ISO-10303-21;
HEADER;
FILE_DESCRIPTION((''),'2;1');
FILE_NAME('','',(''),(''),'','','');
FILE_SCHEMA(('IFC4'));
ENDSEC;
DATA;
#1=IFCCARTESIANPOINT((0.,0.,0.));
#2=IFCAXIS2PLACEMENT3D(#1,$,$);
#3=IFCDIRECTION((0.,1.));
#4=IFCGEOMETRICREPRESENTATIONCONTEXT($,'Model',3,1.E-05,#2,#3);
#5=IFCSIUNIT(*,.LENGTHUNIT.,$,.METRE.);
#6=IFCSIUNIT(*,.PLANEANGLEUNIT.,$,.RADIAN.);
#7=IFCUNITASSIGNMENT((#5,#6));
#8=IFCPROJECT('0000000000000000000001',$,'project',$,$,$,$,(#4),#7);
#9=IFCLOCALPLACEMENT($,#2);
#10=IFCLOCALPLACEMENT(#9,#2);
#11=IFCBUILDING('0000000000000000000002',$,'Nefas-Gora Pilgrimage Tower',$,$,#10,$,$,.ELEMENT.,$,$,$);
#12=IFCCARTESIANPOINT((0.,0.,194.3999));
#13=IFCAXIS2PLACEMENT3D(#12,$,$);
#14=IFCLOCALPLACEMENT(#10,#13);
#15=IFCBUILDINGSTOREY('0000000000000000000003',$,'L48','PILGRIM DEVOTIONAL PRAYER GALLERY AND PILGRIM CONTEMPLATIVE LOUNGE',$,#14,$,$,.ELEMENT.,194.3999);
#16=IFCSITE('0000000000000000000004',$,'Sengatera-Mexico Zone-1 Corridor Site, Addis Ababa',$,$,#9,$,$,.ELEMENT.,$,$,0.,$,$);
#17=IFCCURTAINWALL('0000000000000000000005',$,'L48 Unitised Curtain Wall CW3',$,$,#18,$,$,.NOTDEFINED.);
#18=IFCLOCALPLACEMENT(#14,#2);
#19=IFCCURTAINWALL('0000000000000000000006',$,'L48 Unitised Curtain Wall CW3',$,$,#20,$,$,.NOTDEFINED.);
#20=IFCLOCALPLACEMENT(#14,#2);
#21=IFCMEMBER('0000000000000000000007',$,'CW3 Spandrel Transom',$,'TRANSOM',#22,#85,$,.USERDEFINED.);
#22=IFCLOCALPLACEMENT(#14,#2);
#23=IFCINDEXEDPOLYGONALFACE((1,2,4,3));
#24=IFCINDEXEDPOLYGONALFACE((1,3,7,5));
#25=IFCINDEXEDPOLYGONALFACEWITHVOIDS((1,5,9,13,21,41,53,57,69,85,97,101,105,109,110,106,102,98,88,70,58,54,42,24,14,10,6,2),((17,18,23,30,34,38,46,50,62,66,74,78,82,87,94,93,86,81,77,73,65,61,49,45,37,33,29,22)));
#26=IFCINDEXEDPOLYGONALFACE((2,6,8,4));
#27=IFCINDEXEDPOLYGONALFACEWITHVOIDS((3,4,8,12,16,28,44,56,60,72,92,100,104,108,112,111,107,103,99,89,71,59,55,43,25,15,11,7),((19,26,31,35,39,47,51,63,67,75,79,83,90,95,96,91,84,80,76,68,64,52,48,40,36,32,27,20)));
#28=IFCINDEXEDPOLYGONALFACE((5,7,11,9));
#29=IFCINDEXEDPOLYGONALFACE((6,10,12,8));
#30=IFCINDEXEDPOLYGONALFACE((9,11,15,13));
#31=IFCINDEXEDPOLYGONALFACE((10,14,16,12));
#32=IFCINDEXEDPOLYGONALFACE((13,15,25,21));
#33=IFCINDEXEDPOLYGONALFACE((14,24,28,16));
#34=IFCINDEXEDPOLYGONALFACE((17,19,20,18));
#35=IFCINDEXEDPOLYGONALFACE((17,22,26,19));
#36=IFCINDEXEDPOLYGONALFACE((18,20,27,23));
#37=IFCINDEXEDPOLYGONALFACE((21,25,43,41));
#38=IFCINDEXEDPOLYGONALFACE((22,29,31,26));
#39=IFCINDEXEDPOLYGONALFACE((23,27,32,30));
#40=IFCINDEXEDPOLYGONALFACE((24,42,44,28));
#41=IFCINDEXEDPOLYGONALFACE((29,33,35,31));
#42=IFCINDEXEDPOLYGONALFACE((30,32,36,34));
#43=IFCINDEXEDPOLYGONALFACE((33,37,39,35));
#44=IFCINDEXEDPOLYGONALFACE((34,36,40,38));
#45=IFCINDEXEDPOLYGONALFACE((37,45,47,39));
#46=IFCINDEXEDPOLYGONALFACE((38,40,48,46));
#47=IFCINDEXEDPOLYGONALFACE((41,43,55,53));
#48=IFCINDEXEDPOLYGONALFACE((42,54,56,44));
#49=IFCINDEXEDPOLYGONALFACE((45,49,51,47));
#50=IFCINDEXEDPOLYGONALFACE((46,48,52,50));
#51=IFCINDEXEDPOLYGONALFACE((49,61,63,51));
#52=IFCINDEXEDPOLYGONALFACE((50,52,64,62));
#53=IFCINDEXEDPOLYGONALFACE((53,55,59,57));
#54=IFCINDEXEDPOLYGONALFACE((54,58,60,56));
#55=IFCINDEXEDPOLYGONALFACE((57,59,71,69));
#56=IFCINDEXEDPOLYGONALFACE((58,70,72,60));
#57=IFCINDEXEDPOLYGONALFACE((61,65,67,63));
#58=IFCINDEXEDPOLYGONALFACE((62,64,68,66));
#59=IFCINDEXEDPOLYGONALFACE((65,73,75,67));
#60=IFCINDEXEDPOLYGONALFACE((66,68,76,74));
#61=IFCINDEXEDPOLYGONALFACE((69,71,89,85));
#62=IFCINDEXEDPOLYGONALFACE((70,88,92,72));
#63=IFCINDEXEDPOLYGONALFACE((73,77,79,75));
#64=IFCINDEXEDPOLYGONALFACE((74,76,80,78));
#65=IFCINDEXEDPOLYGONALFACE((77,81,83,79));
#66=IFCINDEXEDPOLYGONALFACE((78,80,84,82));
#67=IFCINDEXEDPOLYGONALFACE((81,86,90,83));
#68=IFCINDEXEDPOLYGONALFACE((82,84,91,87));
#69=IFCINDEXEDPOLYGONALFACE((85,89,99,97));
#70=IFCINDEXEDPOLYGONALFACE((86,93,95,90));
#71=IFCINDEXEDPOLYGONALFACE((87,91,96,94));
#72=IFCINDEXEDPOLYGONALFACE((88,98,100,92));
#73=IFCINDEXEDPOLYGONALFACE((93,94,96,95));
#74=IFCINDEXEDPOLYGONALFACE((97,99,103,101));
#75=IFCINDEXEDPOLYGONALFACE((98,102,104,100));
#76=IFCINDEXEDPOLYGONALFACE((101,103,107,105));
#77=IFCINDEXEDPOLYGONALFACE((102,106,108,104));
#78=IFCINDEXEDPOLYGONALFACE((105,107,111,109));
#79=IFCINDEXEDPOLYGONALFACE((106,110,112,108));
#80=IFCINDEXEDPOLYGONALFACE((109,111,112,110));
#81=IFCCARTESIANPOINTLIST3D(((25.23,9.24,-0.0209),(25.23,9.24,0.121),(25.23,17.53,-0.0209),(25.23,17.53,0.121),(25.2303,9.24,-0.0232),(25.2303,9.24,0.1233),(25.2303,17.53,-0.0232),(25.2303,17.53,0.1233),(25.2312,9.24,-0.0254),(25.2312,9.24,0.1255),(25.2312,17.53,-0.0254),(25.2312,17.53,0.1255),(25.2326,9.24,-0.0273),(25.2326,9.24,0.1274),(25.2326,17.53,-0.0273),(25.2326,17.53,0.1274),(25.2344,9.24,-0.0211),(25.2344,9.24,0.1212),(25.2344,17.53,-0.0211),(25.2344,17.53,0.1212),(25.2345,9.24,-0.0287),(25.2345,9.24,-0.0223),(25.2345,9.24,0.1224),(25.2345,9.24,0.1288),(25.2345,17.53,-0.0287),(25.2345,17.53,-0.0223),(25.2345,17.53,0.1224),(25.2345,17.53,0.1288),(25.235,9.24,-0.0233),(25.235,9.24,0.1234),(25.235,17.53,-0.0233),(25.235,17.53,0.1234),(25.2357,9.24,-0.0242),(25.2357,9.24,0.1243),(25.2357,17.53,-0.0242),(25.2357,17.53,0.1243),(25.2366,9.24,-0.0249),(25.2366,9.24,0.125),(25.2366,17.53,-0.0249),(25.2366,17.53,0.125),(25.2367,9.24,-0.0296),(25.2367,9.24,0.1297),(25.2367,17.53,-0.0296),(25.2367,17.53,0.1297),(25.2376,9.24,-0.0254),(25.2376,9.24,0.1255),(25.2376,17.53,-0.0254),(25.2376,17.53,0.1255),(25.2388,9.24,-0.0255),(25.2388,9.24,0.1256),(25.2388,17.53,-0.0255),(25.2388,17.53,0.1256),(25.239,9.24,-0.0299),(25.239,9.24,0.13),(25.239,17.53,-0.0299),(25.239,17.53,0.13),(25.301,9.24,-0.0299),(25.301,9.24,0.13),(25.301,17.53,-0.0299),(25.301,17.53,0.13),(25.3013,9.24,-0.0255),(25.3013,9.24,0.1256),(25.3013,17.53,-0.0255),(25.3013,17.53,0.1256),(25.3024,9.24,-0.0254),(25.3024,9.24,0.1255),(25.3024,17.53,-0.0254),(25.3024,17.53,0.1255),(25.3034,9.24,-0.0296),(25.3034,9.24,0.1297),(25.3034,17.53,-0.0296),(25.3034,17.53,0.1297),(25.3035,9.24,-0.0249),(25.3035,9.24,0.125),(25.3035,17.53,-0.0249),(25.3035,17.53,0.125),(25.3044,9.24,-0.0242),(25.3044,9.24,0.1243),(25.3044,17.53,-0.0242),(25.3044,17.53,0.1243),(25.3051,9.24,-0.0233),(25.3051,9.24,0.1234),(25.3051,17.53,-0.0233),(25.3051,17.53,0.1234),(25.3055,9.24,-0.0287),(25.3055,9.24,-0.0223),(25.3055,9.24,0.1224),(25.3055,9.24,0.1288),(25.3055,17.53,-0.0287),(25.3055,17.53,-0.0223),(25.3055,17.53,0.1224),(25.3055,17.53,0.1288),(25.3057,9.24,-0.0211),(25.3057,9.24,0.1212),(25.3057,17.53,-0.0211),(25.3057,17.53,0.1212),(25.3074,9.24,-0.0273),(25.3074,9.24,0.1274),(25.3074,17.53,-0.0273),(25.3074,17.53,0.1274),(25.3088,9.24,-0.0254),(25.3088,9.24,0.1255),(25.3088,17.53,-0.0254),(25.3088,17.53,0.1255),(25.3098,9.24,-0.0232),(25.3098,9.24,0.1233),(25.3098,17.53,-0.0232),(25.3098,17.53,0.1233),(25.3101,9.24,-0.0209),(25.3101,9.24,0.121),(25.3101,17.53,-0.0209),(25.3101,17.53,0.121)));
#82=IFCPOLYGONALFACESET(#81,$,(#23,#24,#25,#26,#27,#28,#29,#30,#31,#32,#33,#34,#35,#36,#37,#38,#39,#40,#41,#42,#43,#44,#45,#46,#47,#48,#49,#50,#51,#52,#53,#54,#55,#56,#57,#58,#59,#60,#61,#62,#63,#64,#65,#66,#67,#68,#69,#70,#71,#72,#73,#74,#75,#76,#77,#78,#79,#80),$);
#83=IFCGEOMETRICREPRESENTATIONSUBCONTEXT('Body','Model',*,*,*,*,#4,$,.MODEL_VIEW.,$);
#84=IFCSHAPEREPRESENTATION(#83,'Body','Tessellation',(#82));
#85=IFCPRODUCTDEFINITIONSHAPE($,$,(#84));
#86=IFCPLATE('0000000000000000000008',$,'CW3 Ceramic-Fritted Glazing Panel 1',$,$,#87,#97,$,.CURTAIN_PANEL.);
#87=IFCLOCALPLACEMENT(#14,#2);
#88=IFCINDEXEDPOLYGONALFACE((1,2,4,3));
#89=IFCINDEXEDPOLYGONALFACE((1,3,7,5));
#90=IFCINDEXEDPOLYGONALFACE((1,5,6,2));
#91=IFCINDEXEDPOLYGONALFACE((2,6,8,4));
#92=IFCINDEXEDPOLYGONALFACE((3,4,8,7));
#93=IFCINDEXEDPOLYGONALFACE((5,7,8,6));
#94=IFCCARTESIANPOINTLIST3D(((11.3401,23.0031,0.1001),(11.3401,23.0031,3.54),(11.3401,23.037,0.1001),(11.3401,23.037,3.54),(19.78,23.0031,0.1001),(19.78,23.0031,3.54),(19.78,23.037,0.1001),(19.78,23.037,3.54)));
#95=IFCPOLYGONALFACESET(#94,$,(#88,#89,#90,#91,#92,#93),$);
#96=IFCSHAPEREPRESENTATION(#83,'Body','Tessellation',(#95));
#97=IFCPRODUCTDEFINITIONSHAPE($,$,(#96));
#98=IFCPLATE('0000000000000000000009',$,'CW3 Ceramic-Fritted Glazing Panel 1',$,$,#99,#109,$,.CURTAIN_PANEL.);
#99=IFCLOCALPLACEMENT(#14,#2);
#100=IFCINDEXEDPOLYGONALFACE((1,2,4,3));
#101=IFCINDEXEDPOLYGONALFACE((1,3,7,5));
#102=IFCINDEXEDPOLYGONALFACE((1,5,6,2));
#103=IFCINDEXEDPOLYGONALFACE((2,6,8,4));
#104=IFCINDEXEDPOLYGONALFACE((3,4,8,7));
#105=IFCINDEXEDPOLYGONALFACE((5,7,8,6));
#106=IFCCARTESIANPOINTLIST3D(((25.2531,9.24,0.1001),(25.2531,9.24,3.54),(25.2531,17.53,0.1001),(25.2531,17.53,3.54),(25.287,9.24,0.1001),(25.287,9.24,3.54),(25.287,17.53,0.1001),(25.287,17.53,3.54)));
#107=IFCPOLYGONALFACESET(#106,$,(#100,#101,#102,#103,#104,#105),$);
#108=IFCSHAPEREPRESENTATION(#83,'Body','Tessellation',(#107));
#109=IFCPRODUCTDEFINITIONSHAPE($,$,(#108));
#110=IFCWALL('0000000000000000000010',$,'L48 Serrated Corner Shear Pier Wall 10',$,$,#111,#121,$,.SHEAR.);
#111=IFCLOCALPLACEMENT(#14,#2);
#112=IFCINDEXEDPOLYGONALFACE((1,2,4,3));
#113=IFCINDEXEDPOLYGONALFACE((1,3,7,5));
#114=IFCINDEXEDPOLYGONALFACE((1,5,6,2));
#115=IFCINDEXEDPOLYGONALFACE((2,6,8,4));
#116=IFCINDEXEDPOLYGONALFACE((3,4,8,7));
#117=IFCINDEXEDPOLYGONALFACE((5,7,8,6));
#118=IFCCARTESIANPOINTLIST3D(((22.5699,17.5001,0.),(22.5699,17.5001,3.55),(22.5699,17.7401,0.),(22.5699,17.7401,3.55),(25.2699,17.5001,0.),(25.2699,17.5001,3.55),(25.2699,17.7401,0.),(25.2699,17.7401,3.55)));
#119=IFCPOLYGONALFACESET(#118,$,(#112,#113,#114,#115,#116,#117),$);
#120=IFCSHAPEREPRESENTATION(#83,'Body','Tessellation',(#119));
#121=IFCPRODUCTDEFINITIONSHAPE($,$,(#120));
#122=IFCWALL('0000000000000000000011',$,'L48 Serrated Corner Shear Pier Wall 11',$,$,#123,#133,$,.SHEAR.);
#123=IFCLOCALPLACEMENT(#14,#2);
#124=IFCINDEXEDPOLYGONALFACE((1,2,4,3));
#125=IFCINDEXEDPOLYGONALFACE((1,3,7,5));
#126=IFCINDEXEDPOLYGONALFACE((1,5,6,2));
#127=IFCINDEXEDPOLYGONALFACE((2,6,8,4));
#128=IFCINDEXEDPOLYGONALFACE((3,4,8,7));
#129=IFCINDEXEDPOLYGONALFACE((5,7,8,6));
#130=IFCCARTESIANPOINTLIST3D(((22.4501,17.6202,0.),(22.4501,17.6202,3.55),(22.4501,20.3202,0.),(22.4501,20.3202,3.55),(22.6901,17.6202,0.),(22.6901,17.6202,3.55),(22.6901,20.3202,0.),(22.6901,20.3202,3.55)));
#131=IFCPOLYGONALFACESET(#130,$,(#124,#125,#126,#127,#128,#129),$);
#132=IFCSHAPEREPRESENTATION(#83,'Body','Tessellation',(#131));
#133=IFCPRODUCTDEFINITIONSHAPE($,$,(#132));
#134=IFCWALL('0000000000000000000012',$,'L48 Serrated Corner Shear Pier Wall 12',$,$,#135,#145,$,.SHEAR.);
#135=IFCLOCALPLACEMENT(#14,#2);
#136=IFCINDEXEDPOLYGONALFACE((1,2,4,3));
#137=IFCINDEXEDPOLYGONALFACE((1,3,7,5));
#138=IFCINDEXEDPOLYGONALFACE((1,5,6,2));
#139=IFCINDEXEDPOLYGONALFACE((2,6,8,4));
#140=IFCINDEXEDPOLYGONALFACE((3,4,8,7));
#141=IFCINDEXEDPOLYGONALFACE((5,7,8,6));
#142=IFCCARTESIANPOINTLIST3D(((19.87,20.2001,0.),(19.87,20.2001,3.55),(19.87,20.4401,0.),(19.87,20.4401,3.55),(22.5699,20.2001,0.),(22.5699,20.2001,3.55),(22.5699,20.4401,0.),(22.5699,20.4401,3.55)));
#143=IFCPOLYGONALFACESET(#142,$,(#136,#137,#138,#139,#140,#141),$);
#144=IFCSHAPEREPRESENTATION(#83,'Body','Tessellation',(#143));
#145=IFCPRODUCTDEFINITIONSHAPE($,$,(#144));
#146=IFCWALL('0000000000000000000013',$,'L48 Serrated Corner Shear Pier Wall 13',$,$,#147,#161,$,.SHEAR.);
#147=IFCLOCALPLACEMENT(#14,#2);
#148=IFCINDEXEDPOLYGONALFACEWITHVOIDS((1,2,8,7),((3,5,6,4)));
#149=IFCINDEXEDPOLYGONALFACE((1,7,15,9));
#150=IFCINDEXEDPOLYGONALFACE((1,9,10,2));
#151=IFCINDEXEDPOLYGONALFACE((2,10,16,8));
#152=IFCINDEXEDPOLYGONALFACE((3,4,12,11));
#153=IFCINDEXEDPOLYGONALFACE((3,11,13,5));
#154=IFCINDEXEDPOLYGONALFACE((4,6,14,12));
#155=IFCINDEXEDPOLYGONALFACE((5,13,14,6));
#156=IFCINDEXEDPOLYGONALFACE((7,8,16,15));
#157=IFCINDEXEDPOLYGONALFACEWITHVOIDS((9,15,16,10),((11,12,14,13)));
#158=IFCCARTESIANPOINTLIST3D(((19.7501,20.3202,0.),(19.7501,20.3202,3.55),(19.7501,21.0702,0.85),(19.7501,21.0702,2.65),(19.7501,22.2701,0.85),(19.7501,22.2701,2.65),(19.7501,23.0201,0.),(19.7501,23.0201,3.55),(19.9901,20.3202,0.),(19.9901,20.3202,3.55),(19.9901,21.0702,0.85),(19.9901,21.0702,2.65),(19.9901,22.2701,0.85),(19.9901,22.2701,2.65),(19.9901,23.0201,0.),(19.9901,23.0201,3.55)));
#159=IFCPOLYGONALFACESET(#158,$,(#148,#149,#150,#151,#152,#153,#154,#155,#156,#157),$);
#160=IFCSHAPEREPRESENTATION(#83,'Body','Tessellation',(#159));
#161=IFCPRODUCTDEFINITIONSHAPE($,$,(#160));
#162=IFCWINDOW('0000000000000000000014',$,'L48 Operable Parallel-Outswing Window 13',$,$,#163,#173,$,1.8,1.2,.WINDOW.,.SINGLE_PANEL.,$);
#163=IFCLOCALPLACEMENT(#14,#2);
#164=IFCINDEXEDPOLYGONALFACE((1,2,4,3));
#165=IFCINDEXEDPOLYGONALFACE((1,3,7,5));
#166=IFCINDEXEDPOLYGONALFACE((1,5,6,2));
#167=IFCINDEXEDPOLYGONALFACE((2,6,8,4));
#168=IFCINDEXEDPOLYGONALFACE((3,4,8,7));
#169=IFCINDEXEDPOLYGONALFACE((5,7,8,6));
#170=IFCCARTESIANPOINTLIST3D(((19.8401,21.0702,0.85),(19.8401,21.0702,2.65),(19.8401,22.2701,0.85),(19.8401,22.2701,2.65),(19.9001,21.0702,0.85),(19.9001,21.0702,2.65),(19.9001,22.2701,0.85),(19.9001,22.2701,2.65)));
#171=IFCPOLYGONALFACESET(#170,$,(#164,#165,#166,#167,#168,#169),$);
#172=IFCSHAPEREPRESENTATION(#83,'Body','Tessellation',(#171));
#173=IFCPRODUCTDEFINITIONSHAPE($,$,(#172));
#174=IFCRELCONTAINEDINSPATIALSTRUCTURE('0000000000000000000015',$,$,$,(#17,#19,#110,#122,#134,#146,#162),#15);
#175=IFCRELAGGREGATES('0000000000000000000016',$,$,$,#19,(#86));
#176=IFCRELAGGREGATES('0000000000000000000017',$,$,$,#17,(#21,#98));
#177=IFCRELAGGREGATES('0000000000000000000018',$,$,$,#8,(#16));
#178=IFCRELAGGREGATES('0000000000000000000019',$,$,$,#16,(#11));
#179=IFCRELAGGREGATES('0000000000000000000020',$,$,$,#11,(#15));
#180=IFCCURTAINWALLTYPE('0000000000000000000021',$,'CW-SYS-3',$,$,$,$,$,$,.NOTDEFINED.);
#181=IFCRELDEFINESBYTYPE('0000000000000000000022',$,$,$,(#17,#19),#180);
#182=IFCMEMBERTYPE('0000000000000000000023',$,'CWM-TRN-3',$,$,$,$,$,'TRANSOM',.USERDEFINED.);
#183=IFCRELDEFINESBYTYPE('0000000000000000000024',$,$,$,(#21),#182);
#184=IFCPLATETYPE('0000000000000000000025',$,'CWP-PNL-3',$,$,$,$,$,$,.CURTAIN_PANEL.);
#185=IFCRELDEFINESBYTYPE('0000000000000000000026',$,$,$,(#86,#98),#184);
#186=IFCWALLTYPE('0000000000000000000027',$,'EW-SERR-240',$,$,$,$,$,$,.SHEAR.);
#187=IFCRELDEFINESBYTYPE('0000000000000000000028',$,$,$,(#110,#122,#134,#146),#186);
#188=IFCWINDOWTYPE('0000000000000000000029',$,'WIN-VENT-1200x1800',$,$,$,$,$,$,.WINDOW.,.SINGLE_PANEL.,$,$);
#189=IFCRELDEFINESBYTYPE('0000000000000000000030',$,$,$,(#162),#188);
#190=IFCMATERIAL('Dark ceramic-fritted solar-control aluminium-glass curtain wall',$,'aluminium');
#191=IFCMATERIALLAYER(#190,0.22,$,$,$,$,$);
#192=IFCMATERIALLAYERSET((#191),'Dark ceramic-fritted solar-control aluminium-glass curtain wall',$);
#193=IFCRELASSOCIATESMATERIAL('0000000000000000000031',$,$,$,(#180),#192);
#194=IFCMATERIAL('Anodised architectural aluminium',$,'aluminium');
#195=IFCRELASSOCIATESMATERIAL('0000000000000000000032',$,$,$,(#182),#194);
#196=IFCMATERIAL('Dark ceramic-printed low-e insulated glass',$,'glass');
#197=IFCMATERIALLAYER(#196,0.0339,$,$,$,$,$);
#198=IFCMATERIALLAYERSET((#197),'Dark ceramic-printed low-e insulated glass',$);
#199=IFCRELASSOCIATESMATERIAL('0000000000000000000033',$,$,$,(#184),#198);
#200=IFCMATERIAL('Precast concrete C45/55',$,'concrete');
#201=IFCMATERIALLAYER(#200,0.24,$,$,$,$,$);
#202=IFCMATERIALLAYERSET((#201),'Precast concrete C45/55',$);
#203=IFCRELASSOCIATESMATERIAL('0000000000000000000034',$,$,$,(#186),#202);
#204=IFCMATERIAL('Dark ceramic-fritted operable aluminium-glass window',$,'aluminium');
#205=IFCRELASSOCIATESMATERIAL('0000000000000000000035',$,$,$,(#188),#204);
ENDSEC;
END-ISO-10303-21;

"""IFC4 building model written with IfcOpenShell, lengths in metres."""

from ifc_helpers import new_model, si_unit, direction, frame, frame_2d, origin, origin_2d, place, context, subcontext, project, spatial, rectangle, hollow_rectangle, extrude, source, transform, mapped, material, layer, layer_set, material_profile, profile_set, type_object, element, fill, aggregate, save


model = new_model("IFC4")

# Units and contexts
model_context = context("Model", 3, precision=1e-05, world=origin(), true_north=direction((0.0, 1.0)))
body_context = subcontext(model_context, "Body", "Model", "MODEL_VIEW")
ifc_project = project(units=[si_unit("LENGTHUNIT", "METRE"), si_unit("PLANEANGLEUNIT", "RADIAN")], contexts=[model_context])

# Site, building, storey
site_placement = place(None, origin())
site = spatial("IfcSite", under=ifc_project, at=site_placement, Name="Sengatera-Mexico Zone-1 Corridor Site, Addis Ababa", CompositionType="ELEMENT", RefElevation=0.0)
building_placement = place(site_placement, origin())
building = spatial("IfcBuilding", under=site, at=building_placement, Name="Nefas-Gora Pilgrimage Tower", CompositionType="ELEMENT")
storey_placement = place(building_placement, frame((0.0, 0.0, 194.3999)))
storey = spatial("IfcBuildingStorey", under=building, at=storey_placement, Name="L48", Description="PILGRIM DEVOTIONAL PRAYER GALLERY AND PILGRIM CONTEMPLATIVE LOUNGE", CompositionType="ELEMENT", Elevation=194.3999)

# Curtain walls
ifc_material_1 = material(Name="Dark ceramic-fritted solar-control aluminium-glass curtain wall", Category="aluminium")
ifc_layer_1 = layer(ifc_material_1, 0.22)
ifc_layer_set_1 = layer_set([ifc_layer_1], Name="Dark ceramic-fritted solar-control aluminium-glass curtain wall")
curtain_wall_type = type_object("IfcCurtainWallType", Name="CW-SYS-3", PredefinedType="NOTDEFINED", material=ifc_layer_set_1)
curtain_wall_1_placement = place(storey_placement, origin())
curtain_wall_1 = element("IfcCurtainWall", 1, at=curtain_wall_1_placement, inside=storey, type_object=curtain_wall_type, Name="L48 Unitised Curtain Wall CW3", PredefinedType="NOTDEFINED")
ifc_material_2 = material(Name="Anodised architectural aluminium", Category="aluminium")
curtain_wall_2_placement = place(storey_placement, origin())
curtain_wall_2 = element("IfcCurtainWall", 2, at=curtain_wall_2_placement, inside=storey, type_object=curtain_wall_type, Name="L48 Unitised Curtain Wall CW3", PredefinedType="NOTDEFINED")
ifc_material_profile_1 = material_profile(ifc_material_2, hollow_rectangle(XDim=0.0801, YDim=0.1599, WallThickness=0.0044, InnerFilletRadius=0.0044, OuterFilletRadius=0.009, at=origin_2d()), Name="ALU TRANSOM 80x160")
ifc_profile_set_1 = profile_set([ifc_material_profile_1], Name="Anodised architectural aluminium")
member_type_1 = type_object("IfcMemberType", Name="CWM-TRN-3", ElementType="TRANSOM", PredefinedType="USERDEFINED", material=ifc_profile_set_1)

# Member
shared_shape_1 = source(origin(), body_context, "Body", "SweptSolid", [
    extrude(hollow_rectangle(XDim=0.0801, YDim=0.1599, WallThickness=0.0044, InnerFilletRadius=0.0044, OuterFilletRadius=0.009, at=origin_2d()), origin(), (0.0, 0.0, 1.0), 8.29),
])
member_1_placement = place(storey_placement, frame((25.27, 9.24, 0.05), z_axis=(0.0, 1.0, 0.0), x_axis=(-1.0, 0.0, 0.0)))
member_1 = element("IfcMember", 3, at=member_1_placement, type_object=member_type_1, Name="CW3 Spandrel Transom", ObjectType="TRANSOM", PredefinedType="USERDEFINED", context=body_context, shape_type="MappedRepresentation", body=[
    mapped(shared_shape_1, transform((0.0, 0.0, 0.0), x_axis=(1.0, 0.0, 0.0), y_axis=(0.0, 1.0, 0.0), z_axis=(0.0, 0.0, 1.0), scale=1.0)),
])

# Plates
ifc_material_3 = material(Name="Dark ceramic-printed low-e insulated glass", Category="glass")
ifc_layer_2 = layer(ifc_material_3, 0.0339)
ifc_layer_set_2 = layer_set([ifc_layer_2], Name="Dark ceramic-printed low-e insulated glass")
plate_type = type_object("IfcPlateType", Name="CWP-PNL-3", PredefinedType="CURTAIN_PANEL", material=ifc_layer_set_2)
shared_shape_2 = source(origin(), body_context, "Body", "SweptSolid", [
    extrude(rectangle(XDim=8.4399, YDim=0.0339, at=origin_2d()), origin(), (0.0, 0.0, 1.0), 3.4399),
])
plate_1_placement = place(storey_placement, frame((15.5601, 23.02, 0.1001), z_axis=(0.0, 0.0, 1.0), x_axis=(-1.0, 0.0, 0.0)))
plate_1 = element("IfcPlate", 4, at=plate_1_placement, type_object=plate_type, Name="CW3 Ceramic-Fritted Glazing Panel 1", PredefinedType="CURTAIN_PANEL", context=body_context, shape_type="MappedRepresentation", body=[
    mapped(shared_shape_2, transform((0.0, 0.0, 0.0), x_axis=(1.0, 0.0, 0.0), y_axis=(0.0, 1.0, 0.0), z_axis=(0.0, 0.0, 1.0), scale=1.0)),
])
aggregate(curtain_wall_2, [plate_1])
shared_shape_3 = source(origin(), body_context, "Body", "SweptSolid", [
    extrude(rectangle(XDim=8.29, YDim=0.0339, at=origin_2d()), origin(), (0.0, 0.0, 1.0), 3.4399),
])
plate_2_placement = place(storey_placement, frame((25.27, 13.385, 0.1001), z_axis=(0.0, 0.0, 1.0), x_axis=(0.0, 1.0, 0.0)))
plate_2 = element("IfcPlate", 5, at=plate_2_placement, type_object=plate_type, Name="CW3 Ceramic-Fritted Glazing Panel 1", PredefinedType="CURTAIN_PANEL", context=body_context, shape_type="MappedRepresentation", body=[
    mapped(shared_shape_3, transform((0.0, 0.0, 0.0), x_axis=(1.0, 0.0, 0.0), y_axis=(0.0, 1.0, 0.0), z_axis=(0.0, 0.0, 1.0), scale=1.0)),
])
aggregate(curtain_wall_1, [member_1, plate_2])

# Walls
ifc_material_4 = material(Name="Precast concrete C45/55", Category="concrete")
ifc_layer_3 = layer(ifc_material_4, 0.24)
ifc_layer_set_3 = layer_set([ifc_layer_3], Name="Precast concrete C45/55")
wall_type_1 = type_object("IfcWallType", Name="EW-SERR-240", PredefinedType="SHEAR", material=ifc_layer_set_3)
shared_shape_4 = source(origin(), body_context, "Body", "SweptSolid", [
    extrude(rectangle(XDim=2.7, YDim=0.24, at=frame_2d((1.3501, 0.0))), origin(), (0.0, 0.0, 1.0), 3.55),
])
for number, where, z_axis, x_axis, name in (
    (6, (25.27, 17.6201, 0.0), (0.0, 0.0, 1.0), (-1.0, 0.0, 0.0), "L48 Serrated Corner Shear Pier Wall 10"),
    (7, (22.5701, 17.6201, 0.0), (0.0, 0.0, 1.0), (0.0, 1.0, 0.0), "L48 Serrated Corner Shear Pier Wall 11"),
    (8, (22.5701, 20.3201, 0.0), (0.0, 0.0, 1.0), (-1.0, 0.0, 0.0), "L48 Serrated Corner Shear Pier Wall 12"),
):
    element("IfcWall", number, at=place(storey_placement, frame(where, z_axis=z_axis, x_axis=x_axis)), inside=storey, type_object=wall_type_1, Name=name, PredefinedType="SHEAR", context=body_context, shape_type="MappedRepresentation", body=[
        mapped(shared_shape_4, transform((0.0, 0.0, 0.0), x_axis=(1.0, 0.0, 0.0), y_axis=(0.0, 1.0, 0.0), z_axis=(0.0, 0.0, 1.0), scale=1.0)),
    ])

# Wall, opening, window
wall_1_placement = place(storey_placement, frame((19.8701, 20.3201, 0.0), z_axis=(0.0, 0.0, 1.0), x_axis=(0.0, 1.0, 0.0)))
wall_1 = element("IfcWall", 9, at=wall_1_placement, inside=storey, type_object=wall_type_1, Name="L48 Serrated Corner Shear Pier Wall 13", PredefinedType="SHEAR", context=body_context, shape_type="MappedRepresentation", body=[
    mapped(shared_shape_4, transform((0.0, 0.0, 0.0), x_axis=(1.0, 0.0, 0.0), y_axis=(0.0, 1.0, 0.0), z_axis=(0.0, 0.0, 1.0), scale=1.0)),
])
opening_1_placement = place(wall_1_placement, frame((0.75, 0.0, 0.8501)))
opening_1 = element("IfcOpeningElement", 10, at=opening_1_placement, cuts=wall_1, PredefinedType="OPENING", context=body_context, shape_type="SweptSolid", body=[
    extrude(rectangle(XDim=1.2, YDim=1.8, at=frame_2d((0.6001, 0.8999))), frame((0.0, 0.1299, 0.0), z_axis=(0.0, -1.0, 0.0), x_axis=(1.0, 0.0, 0.0)), (0.0, 0.0, 1.0), 0.26),
])
ifc_material_5 = material(Name="Dark ceramic-fritted operable aluminium-glass window", Category="aluminium")
window_type = type_object("IfcWindowType", Name="WIN-VENT-1200x1800", PartitioningType="SINGLE_PANEL", PredefinedType="WINDOW", material=ifc_material_5)
shared_shape_5 = source(origin(), body_context, "Body", "SweptSolid", [
    extrude(rectangle(XDim=1.2, YDim=1.8, at=frame_2d((0.6001, 0.8999))), frame((0.0, 0.03, 0.0), z_axis=(0.0, -1.0, 0.0), x_axis=(1.0, 0.0, 0.0)), (0.0, 0.0, 1.0), 0.0601),
])
window_placement = place(opening_1_placement, origin())
window = element("IfcWindow", 11, at=window_placement, inside=storey, type_object=window_type, Name="L48 Operable Parallel-Outswing Window 13", OverallHeight=1.8, OverallWidth=1.2, PartitioningType="SINGLE_PANEL", PredefinedType="WINDOW", context=body_context, shape_type="MappedRepresentation", body=[
    mapped(shared_shape_5, transform((0.0, 0.0, 0.0), x_axis=(1.0, 0.0, 0.0), y_axis=(0.0, 1.0, 0.0), z_axis=(0.0, 0.0, 1.0), scale=1.0)),
])
fill(opening_1, window)

save(model, "model.ifc")
